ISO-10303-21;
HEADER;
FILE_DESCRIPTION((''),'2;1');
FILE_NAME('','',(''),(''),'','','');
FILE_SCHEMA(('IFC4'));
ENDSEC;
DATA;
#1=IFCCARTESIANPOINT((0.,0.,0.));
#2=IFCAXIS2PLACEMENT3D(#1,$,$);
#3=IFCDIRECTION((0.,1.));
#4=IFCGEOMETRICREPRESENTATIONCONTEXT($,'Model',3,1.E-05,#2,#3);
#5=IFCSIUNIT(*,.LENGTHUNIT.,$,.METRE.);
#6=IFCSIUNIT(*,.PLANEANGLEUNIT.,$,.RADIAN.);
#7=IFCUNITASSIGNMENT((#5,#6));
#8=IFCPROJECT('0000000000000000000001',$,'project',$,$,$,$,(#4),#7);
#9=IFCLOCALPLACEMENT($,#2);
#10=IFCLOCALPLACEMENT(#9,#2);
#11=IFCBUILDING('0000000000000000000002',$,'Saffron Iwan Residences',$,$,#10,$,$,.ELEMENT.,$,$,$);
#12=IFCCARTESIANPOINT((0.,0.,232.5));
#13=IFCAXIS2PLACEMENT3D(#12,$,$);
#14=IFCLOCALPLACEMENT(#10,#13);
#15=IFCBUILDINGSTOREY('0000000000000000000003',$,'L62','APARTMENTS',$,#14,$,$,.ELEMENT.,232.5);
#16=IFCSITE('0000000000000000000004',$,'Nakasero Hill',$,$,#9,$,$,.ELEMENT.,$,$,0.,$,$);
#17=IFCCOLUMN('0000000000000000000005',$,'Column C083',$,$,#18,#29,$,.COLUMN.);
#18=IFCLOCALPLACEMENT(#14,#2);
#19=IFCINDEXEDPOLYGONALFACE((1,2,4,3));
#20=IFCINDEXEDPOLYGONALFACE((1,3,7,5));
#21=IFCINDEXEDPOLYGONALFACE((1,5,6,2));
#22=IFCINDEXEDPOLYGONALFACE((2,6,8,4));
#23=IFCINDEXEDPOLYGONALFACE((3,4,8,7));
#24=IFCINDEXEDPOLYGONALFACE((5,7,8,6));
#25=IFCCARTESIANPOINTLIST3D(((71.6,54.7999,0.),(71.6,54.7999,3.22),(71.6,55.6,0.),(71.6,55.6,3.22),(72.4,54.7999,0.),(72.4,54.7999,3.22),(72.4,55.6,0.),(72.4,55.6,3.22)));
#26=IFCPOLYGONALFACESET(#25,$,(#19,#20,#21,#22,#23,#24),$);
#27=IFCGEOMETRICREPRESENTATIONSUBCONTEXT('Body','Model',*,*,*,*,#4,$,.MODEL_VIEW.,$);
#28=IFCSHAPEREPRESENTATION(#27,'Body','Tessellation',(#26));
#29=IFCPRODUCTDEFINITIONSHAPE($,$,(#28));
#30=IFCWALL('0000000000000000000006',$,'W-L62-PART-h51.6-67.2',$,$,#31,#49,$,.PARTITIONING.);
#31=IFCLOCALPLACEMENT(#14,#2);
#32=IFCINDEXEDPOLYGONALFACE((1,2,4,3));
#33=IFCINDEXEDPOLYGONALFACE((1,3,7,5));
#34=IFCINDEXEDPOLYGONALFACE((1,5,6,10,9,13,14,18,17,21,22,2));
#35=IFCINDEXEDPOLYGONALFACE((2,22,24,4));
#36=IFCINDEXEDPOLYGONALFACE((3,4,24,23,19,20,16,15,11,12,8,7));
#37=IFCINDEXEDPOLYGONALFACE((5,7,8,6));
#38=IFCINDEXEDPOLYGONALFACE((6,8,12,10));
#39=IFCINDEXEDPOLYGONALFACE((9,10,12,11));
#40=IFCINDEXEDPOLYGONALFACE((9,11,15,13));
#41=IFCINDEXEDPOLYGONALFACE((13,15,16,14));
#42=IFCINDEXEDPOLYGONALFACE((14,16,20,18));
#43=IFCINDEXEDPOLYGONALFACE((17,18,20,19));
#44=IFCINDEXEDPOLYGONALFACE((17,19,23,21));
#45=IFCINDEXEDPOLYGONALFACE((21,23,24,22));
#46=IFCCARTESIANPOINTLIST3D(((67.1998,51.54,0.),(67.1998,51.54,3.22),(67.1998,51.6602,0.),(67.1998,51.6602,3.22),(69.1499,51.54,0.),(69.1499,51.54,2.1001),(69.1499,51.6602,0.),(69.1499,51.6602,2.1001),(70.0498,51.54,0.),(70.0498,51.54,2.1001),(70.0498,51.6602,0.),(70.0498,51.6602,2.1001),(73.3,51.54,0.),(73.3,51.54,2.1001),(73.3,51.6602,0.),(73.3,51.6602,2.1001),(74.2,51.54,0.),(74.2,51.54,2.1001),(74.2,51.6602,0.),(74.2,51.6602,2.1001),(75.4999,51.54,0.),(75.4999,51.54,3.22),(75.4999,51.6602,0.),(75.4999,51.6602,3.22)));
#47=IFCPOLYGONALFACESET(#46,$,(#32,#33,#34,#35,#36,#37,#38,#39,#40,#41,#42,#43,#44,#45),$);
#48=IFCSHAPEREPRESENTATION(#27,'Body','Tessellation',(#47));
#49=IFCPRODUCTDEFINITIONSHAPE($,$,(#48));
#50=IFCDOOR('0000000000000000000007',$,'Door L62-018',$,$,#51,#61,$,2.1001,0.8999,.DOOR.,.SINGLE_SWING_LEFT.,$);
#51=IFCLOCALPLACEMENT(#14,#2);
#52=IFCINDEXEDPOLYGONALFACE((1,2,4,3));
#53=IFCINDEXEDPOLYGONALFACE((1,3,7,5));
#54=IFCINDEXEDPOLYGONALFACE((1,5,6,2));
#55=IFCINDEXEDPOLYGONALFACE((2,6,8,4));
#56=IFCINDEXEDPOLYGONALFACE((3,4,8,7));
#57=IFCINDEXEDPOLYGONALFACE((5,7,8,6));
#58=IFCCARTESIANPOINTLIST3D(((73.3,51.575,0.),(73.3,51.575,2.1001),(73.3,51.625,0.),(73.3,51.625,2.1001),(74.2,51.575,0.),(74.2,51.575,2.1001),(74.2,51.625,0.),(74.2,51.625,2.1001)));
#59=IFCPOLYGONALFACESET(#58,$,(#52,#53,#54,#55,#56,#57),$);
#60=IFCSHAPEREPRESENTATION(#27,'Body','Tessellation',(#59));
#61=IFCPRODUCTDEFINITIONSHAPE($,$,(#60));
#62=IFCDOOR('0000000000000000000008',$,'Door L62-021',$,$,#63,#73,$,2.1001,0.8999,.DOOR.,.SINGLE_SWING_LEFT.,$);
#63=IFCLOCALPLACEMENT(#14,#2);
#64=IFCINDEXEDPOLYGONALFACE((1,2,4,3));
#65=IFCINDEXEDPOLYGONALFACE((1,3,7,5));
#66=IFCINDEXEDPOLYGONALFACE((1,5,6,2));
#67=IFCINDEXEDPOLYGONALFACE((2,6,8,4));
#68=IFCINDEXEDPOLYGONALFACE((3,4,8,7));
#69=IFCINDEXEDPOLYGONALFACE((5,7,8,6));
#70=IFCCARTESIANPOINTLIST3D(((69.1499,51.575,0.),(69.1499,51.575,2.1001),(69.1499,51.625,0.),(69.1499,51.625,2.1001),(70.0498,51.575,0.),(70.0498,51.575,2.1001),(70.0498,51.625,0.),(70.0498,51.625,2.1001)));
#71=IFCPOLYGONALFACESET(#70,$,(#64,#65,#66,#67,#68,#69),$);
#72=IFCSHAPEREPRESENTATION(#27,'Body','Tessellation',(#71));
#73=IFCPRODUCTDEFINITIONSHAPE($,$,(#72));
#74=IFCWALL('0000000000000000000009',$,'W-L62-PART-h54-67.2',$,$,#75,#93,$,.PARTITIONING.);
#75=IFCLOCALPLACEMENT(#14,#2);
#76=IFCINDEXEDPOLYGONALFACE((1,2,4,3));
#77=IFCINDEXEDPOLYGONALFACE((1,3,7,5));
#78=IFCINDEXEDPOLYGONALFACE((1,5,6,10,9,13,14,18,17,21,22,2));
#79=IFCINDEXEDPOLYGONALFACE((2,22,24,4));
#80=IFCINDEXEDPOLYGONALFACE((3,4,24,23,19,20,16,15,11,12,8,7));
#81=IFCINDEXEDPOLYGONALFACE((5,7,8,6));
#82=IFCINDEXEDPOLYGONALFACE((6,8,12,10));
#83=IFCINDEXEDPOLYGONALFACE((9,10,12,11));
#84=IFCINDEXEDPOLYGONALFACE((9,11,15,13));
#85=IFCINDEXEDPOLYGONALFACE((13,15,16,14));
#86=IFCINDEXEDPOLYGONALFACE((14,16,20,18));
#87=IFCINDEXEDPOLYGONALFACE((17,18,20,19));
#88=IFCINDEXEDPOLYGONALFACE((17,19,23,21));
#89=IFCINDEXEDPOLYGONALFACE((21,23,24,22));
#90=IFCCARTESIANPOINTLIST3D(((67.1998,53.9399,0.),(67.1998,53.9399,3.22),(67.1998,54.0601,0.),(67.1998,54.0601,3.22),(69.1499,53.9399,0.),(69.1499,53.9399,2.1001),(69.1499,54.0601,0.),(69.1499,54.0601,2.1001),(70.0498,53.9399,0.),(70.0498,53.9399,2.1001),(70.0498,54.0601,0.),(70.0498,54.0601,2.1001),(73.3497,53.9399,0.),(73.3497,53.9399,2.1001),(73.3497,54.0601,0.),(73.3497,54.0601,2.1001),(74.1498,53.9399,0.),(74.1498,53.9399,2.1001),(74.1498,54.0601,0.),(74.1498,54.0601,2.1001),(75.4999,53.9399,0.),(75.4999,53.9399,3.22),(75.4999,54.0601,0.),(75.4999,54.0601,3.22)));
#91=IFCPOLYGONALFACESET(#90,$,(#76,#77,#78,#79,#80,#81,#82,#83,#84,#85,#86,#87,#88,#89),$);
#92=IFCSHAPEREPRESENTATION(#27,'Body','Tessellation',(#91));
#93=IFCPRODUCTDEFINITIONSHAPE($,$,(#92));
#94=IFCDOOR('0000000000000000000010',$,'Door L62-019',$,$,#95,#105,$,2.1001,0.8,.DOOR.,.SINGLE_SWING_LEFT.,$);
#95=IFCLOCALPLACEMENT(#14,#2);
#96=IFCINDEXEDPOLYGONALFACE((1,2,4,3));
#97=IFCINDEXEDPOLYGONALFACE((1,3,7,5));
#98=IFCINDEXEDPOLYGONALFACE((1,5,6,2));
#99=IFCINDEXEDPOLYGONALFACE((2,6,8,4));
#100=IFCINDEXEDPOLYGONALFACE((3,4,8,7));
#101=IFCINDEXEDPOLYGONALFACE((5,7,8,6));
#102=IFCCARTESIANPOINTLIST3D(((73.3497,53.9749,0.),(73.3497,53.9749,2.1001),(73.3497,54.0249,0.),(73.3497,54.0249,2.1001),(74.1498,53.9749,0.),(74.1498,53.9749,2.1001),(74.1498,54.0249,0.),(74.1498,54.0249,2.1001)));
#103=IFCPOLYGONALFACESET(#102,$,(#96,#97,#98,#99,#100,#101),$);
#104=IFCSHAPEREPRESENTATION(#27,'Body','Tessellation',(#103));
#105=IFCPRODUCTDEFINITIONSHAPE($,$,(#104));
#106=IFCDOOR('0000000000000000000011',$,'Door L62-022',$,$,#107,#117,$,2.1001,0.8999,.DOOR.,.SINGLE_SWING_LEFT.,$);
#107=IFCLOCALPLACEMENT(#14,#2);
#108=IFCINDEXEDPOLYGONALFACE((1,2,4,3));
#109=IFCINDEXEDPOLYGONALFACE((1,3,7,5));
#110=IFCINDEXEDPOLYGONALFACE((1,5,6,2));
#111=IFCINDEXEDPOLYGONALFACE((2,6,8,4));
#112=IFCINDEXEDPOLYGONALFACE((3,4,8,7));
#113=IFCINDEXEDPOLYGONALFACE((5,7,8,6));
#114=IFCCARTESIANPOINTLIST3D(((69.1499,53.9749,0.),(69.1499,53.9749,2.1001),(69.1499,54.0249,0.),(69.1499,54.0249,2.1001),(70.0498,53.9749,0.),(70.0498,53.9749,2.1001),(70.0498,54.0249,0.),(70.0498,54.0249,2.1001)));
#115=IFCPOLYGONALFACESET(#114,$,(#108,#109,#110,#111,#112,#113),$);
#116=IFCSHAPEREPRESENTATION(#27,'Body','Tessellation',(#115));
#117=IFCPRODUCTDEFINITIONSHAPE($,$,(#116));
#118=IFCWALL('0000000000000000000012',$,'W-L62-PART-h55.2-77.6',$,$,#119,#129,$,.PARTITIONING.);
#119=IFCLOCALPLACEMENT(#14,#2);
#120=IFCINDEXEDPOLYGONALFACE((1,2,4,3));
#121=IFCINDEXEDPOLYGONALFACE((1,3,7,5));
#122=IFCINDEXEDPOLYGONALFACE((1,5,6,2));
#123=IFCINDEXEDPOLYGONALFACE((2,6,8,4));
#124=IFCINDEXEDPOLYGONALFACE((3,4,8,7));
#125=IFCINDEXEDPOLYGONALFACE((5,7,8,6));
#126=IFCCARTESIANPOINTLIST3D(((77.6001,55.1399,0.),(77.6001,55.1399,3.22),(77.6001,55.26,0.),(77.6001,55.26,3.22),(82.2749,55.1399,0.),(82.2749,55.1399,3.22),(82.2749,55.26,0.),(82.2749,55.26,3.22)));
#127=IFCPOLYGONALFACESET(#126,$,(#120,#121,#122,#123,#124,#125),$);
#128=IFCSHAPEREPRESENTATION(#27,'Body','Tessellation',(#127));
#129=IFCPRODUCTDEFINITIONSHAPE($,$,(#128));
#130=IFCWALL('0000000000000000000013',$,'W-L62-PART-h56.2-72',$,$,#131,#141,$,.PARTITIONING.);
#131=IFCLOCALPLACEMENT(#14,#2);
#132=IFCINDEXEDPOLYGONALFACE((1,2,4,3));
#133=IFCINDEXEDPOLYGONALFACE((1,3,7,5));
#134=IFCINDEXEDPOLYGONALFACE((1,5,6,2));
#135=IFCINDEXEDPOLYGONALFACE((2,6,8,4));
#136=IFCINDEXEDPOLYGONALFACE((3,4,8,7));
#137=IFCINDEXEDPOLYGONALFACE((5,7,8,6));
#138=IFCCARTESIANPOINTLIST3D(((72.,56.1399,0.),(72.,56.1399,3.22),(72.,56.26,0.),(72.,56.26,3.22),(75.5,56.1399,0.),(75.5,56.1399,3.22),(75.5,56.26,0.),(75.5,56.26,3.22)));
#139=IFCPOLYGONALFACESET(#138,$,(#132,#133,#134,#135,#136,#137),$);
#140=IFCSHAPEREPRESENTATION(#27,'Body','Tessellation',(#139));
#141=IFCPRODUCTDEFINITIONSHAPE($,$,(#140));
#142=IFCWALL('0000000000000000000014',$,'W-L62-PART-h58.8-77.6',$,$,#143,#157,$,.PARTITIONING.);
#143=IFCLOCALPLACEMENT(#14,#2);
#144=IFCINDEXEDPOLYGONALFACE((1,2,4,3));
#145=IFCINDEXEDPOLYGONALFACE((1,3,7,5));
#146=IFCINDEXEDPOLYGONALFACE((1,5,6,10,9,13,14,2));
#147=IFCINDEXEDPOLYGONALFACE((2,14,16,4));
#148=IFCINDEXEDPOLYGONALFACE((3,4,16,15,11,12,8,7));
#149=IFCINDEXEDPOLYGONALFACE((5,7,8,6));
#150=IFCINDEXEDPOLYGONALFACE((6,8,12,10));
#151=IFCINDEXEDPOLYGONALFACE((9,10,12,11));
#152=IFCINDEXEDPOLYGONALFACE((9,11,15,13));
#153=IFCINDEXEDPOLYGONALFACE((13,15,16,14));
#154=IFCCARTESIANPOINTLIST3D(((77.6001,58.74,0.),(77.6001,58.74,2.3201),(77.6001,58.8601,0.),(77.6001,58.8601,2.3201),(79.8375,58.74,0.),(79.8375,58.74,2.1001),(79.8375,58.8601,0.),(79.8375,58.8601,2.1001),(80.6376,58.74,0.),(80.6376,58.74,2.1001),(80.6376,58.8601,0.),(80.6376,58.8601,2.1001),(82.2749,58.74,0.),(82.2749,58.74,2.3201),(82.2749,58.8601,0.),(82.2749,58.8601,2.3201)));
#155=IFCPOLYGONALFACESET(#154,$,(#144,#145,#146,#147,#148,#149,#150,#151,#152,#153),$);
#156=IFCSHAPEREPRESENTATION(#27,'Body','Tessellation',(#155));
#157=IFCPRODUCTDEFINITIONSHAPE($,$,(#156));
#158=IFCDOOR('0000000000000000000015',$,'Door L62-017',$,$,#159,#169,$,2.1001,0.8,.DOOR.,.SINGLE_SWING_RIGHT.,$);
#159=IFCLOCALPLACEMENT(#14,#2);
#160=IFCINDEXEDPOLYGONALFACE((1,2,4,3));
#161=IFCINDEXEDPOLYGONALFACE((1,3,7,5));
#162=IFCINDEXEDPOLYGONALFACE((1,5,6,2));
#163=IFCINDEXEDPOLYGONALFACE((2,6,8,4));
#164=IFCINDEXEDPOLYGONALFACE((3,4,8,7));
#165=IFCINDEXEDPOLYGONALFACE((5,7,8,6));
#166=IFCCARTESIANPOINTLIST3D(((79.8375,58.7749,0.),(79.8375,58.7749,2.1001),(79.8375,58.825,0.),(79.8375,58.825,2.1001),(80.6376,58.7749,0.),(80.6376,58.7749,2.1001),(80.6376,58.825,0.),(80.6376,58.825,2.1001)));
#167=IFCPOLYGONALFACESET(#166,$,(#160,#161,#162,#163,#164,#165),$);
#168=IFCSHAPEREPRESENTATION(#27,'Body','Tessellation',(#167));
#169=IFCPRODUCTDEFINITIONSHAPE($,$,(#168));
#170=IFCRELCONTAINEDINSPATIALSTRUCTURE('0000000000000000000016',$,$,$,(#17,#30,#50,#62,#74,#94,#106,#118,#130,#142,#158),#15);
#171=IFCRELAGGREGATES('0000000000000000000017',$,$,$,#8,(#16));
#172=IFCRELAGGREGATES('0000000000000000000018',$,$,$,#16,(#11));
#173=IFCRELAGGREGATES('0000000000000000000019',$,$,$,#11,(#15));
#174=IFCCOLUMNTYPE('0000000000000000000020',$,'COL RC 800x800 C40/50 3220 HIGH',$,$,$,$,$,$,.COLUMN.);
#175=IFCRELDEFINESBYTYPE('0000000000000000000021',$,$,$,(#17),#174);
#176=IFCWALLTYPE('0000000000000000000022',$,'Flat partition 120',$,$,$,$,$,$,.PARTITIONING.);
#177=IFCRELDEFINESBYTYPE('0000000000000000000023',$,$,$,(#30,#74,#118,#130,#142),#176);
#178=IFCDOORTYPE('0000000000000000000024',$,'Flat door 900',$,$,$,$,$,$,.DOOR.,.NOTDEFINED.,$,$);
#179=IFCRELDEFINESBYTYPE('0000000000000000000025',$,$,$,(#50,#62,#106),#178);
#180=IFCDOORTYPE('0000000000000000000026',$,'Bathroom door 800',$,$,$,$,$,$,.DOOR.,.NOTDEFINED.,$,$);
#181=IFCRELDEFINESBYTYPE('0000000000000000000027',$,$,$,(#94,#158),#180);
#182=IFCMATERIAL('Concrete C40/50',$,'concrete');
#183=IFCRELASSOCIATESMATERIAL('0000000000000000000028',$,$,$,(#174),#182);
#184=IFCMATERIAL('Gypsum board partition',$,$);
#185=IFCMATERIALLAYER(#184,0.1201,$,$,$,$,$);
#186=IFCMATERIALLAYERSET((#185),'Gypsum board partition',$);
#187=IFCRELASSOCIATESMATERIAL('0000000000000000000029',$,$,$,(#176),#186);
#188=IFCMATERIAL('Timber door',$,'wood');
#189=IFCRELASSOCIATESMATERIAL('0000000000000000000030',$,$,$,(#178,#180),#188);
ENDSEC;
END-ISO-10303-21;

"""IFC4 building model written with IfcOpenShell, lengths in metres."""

from ifc_helpers import new_model, si_unit, direction, frame, frame_2d, origin, origin_2d, place, context, subcontext, project, spatial, rectangle, extrude, source, transform, mapped, material, layer, layer_set, material_profile, profile_set, type_object, element, fill, save


model = new_model("IFC4")

# Units and contexts
model_context = context("Model", 3, precision=1e-05, world=origin(), true_north=direction((0.0, 1.0)))
body_context = subcontext(model_context, "Body", "Model", "MODEL_VIEW")
ifc_project = project(units=[si_unit("LENGTHUNIT", "METRE"), si_unit("PLANEANGLEUNIT", "RADIAN")], contexts=[model_context])

# Site, building, storey
site_placement = place(None, origin())
site = spatial("IfcSite", under=ifc_project, at=site_placement, Name="Nakasero Hill", CompositionType="ELEMENT", RefElevation=0.0)
building_placement = place(site_placement, origin())
building = spatial("IfcBuilding", under=site, at=building_placement, Name="Saffron Iwan Residences", CompositionType="ELEMENT")
storey_placement = place(building_placement, frame((0.0, 0.0, 232.5)))
storey = spatial("IfcBuildingStorey", under=building, at=storey_placement, Name="L62", Description="APARTMENTS", CompositionType="ELEMENT", Elevation=232.5)

# Column
ifc_material_1 = material(Name="Concrete C40/50", Category="concrete")
ifc_material_profile = material_profile(ifc_material_1, rectangle(XDim=0.8, YDim=0.8, at=origin_2d()), Name="RC 800x800")
ifc_profile_set = profile_set([ifc_material_profile], Name="Concrete C40/50")
column_type = type_object("IfcColumnType", Name="COL RC 800x800 C40/50 3220 HIGH", PredefinedType="COLUMN", material=ifc_profile_set)
shared_shape = source(origin(), body_context, "Body", "SweptSolid", [
    extrude(rectangle(XDim=0.8, YDim=0.8, at=origin_2d()), origin(), (0.0, 0.0, 1.0), 3.22),
])
column_placement = place(storey_placement, frame((72.0, 55.2, 0.0), z_axis=(0.0, 0.0, 1.0), x_axis=(1.0, 0.0, 0.0)))
element("IfcColumn", 1, at=column_placement, inside=storey, type_object=column_type, Name="Column C083", PredefinedType="COLUMN", context=body_context, shape_type="MappedRepresentation", body=[
    mapped(shared_shape, transform((0.0, 0.0, 0.0))),
])

# Walls, openings, doors
ifc_material_2 = material(Name="Gypsum board partition")
ifc_layer = layer(ifc_material_2, 0.1201)
ifc_layer_set = layer_set([ifc_layer], Name="Gypsum board partition")
wall_type = type_object("IfcWallType", Name="Flat partition 120", PredefinedType="PARTITIONING", material=ifc_layer_set)
wall_1_placement = place(storey_placement, frame((67.2, 51.6001, 0.0), z_axis=(0.0, 0.0, 1.0), x_axis=(1.0, 0.0, 0.0)))
wall_1 = element("IfcWall", 2, at=wall_1_placement, inside=storey, type_object=wall_type, Name="W-L62-PART-h51.6-67.2", PredefinedType="PARTITIONING", context=body_context, shape_type="SweptSolid", body=[
    extrude(rectangle(XDim=8.3, YDim=0.1201, at=frame_2d((4.1499, 0.0))), origin(), (0.0, 0.0, 1.0), 3.22),
])
opening_1_placement = place(wall_1_placement, frame((6.1001, 0.0, 0.0)))
opening_1 = element("IfcOpeningElement", 3, at=opening_1_placement, cuts=wall_1, PredefinedType="OPENING", context=body_context, shape_type="SweptSolid", body=[
    extrude(rectangle(XDim=0.8999, YDim=2.1001, at=frame_2d((0.45, 1.05))), frame((0.0, 0.0701, 0.0), z_axis=(0.0, -1.0, 0.0), x_axis=(1.0, 0.0, 0.0)), (0.0, 0.0, 1.0), 0.1401),
])
opening_2_placement = place(wall_1_placement, frame((1.95, 0.0, 0.0)))
opening_2 = element("IfcOpeningElement", 4, at=opening_2_placement, cuts=wall_1, PredefinedType="OPENING", context=body_context, shape_type="SweptSolid", body=[
    extrude(rectangle(XDim=0.8999, YDim=2.1001, at=frame_2d((0.45, 1.05))), frame((0.0, 0.0701, 0.0), z_axis=(0.0, -1.0, 0.0), x_axis=(1.0, 0.0, 0.0)), (0.0, 0.0, 1.0), 0.1401),
])
ifc_material_3 = material(Name="Timber door", Category="wood")
door_type_1 = type_object("IfcDoorType", Name="Flat door 900", OperationType="NOTDEFINED", PredefinedType="DOOR", material=ifc_material_3)
door_1_placement = place(opening_1_placement, origin())
door_1 = element("IfcDoor", 5, at=door_1_placement, inside=storey, type_object=door_type_1, Name="Door L62-018", OperationType="SINGLE_SWING_LEFT", OverallHeight=2.1001, OverallWidth=0.8999, PredefinedType="DOOR", context=body_context, shape_type="SweptSolid", body=[
    extrude(rectangle(XDim=0.8999, YDim=2.1001, at=frame_2d((0.45, 1.05))), frame((0.0, 0.0249, 0.0), z_axis=(0.0, -1.0, 0.0), x_axis=(1.0, 0.0, 0.0)), (0.0, 0.0, 1.0), 0.05),
])
fill(opening_1, door_1)
door_2_placement = place(opening_2_placement, origin())
door_2 = element("IfcDoor", 6, at=door_2_placement, inside=storey, type_object=door_type_1, Name="Door L62-021", OperationType="SINGLE_SWING_LEFT", OverallHeight=2.1001, OverallWidth=0.8999, PredefinedType="DOOR", context=body_context, shape_type="SweptSolid", body=[
    extrude(rectangle(XDim=0.8999, YDim=2.1001, at=frame_2d((0.45, 1.05))), frame((0.0, 0.0249, 0.0), z_axis=(0.0, -1.0, 0.0), x_axis=(1.0, 0.0, 0.0)), (0.0, 0.0, 1.0), 0.05),
])
fill(opening_2, door_2)
wall_2_placement = place(storey_placement, frame((67.2, 54.0, 0.0), z_axis=(0.0, 0.0, 1.0), x_axis=(1.0, 0.0, 0.0)))
wall_2 = element("IfcWall", 7, at=wall_2_placement, inside=storey, type_object=wall_type, Name="W-L62-PART-h54-67.2", PredefinedType="PARTITIONING", context=body_context, shape_type="SweptSolid", body=[
    extrude(rectangle(XDim=8.3, YDim=0.1201, at=frame_2d((4.1499, 0.0))), origin(), (0.0, 0.0, 1.0), 3.22),
])
opening_3_placement = place(wall_2_placement, frame((6.1499, 0.0, 0.0)))
opening_3 = element("IfcOpeningElement", 8, at=opening_3_placement, cuts=wall_2, PredefinedType="OPENING", context=body_context, shape_type="SweptSolid", body=[
    extrude(rectangle(XDim=0.8, YDim=2.1001, at=frame_2d((0.3999, 1.05))), frame((0.0, 0.0701, 0.0), z_axis=(0.0, -1.0, 0.0), x_axis=(1.0, 0.0, 0.0)), (0.0, 0.0, 1.0), 0.1401),
])
opening_4_placement = place(wall_2_placement, frame((1.95, 0.0, 0.0)))
opening_4 = element("IfcOpeningElement", 9, at=opening_4_placement, cuts=wall_2, PredefinedType="OPENING", context=body_context, shape_type="SweptSolid", body=[
    extrude(rectangle(XDim=0.8999, YDim=2.1001, at=frame_2d((0.45, 1.05))), frame((0.0, 0.0701, 0.0), z_axis=(0.0, -1.0, 0.0), x_axis=(1.0, 0.0, 0.0)), (0.0, 0.0, 1.0), 0.1401),
])
door_type_2 = type_object("IfcDoorType", Name="Bathroom door 800", OperationType="NOTDEFINED", PredefinedType="DOOR", material=ifc_material_3)
door_3_placement = place(opening_3_placement, origin())
door_3 = element("IfcDoor", 10, at=door_3_placement, inside=storey, type_object=door_type_2, Name="Door L62-019", OperationType="SINGLE_SWING_LEFT", OverallHeight=2.1001, OverallWidth=0.8, PredefinedType="DOOR", context=body_context, shape_type="SweptSolid", body=[
    extrude(rectangle(XDim=0.8, YDim=2.1001, at=frame_2d((0.3999, 1.05))), frame((0.0, 0.0249, 0.0), z_axis=(0.0, -1.0, 0.0), x_axis=(1.0, 0.0, 0.0)), (0.0, 0.0, 1.0), 0.05),
])
fill(opening_3, door_3)
door_4_placement = place(opening_4_placement, origin())
door_4 = element("IfcDoor", 11, at=door_4_placement, inside=storey, type_object=door_type_1, Name="Door L62-022", OperationType="SINGLE_SWING_LEFT", OverallHeight=2.1001, OverallWidth=0.8999, PredefinedType="DOOR", context=body_context, shape_type="SweptSolid", body=[
    extrude(rectangle(XDim=0.8999, YDim=2.1001, at=frame_2d((0.45, 1.05))), frame((0.0, 0.0249, 0.0), z_axis=(0.0, -1.0, 0.0), x_axis=(1.0, 0.0, 0.0)), (0.0, 0.0, 1.0), 0.05),
])
fill(opening_4, door_4)

# Walls
wall_3_placement = place(storey_placement, frame((77.6001, 55.2, 0.0), z_axis=(0.0, 0.0, 1.0), x_axis=(1.0, 0.0, 0.0)))
element("IfcWall", 12, at=wall_3_placement, inside=storey, type_object=wall_type, Name="W-L62-PART-h55.2-77.6", PredefinedType="PARTITIONING", context=body_context, shape_type="SweptSolid", body=[
    extrude(rectangle(XDim=4.6748, YDim=0.1201, at=frame_2d((2.3374, 0.0))), origin(), (0.0, 0.0, 1.0), 3.22),
])
wall_4_placement = place(storey_placement, frame((72.0, 56.2, 0.0), z_axis=(0.0, 0.0, 1.0), x_axis=(1.0, 0.0, 0.0)))
element("IfcWall", 13, at=wall_4_placement, inside=storey, type_object=wall_type, Name="W-L62-PART-h56.2-72", PredefinedType="PARTITIONING", context=body_context, shape_type="SweptSolid", body=[
    extrude(rectangle(XDim=3.5, YDim=0.1201, at=frame_2d((1.75, 0.0))), origin(), (0.0, 0.0, 1.0), 3.22),
])

# Wall, opening, door
wall_5_placement = place(storey_placement, frame((77.6001, 58.8, 0.0), z_axis=(0.0, 0.0, 1.0), x_axis=(1.0, 0.0, 0.0)))
wall_5 = element("IfcWall", 14, at=wall_5_placement, inside=storey, type_object=wall_type, Name="W-L62-PART-h58.8-77.6", PredefinedType="PARTITIONING", context=body_context, shape_type="SweptSolid", body=[
    extrude(rectangle(XDim=4.6748, YDim=0.1201, at=frame_2d((2.3374, 0.0))), origin(), (0.0, 0.0, 1.0), 2.3201),
])
opening_5_placement = place(wall_5_placement, frame((2.2375, 0.0, 0.0)))
opening_5 = element("IfcOpeningElement", 15, at=opening_5_placement, cuts=wall_5, PredefinedType="OPENING", context=body_context, shape_type="SweptSolid", body=[
    extrude(rectangle(XDim=0.8, YDim=2.1001, at=frame_2d((0.3999, 1.05))), frame((0.0, 0.0701, 0.0), z_axis=(0.0, -1.0, 0.0), x_axis=(1.0, 0.0, 0.0)), (0.0, 0.0, 1.0), 0.1401),
])
door_5_placement = place(opening_5_placement, origin())
door_5 = element("IfcDoor", 16, at=door_5_placement, inside=storey, type_object=door_type_2, Name="Door L62-017", OperationType="SINGLE_SWING_RIGHT", OverallHeight=2.1001, OverallWidth=0.8, PredefinedType="DOOR", context=body_context, shape_type="SweptSolid", body=[
    extrude(rectangle(XDim=0.8, YDim=2.1001, at=frame_2d((0.3999, 1.05))), frame((0.0, 0.0249, 0.0), z_axis=(0.0, -1.0, 0.0), x_axis=(1.0, 0.0, 0.0)), (0.0, 0.0, 1.0), 0.05),
])
fill(opening_5, door_5)

save(model, "model.ifc")
